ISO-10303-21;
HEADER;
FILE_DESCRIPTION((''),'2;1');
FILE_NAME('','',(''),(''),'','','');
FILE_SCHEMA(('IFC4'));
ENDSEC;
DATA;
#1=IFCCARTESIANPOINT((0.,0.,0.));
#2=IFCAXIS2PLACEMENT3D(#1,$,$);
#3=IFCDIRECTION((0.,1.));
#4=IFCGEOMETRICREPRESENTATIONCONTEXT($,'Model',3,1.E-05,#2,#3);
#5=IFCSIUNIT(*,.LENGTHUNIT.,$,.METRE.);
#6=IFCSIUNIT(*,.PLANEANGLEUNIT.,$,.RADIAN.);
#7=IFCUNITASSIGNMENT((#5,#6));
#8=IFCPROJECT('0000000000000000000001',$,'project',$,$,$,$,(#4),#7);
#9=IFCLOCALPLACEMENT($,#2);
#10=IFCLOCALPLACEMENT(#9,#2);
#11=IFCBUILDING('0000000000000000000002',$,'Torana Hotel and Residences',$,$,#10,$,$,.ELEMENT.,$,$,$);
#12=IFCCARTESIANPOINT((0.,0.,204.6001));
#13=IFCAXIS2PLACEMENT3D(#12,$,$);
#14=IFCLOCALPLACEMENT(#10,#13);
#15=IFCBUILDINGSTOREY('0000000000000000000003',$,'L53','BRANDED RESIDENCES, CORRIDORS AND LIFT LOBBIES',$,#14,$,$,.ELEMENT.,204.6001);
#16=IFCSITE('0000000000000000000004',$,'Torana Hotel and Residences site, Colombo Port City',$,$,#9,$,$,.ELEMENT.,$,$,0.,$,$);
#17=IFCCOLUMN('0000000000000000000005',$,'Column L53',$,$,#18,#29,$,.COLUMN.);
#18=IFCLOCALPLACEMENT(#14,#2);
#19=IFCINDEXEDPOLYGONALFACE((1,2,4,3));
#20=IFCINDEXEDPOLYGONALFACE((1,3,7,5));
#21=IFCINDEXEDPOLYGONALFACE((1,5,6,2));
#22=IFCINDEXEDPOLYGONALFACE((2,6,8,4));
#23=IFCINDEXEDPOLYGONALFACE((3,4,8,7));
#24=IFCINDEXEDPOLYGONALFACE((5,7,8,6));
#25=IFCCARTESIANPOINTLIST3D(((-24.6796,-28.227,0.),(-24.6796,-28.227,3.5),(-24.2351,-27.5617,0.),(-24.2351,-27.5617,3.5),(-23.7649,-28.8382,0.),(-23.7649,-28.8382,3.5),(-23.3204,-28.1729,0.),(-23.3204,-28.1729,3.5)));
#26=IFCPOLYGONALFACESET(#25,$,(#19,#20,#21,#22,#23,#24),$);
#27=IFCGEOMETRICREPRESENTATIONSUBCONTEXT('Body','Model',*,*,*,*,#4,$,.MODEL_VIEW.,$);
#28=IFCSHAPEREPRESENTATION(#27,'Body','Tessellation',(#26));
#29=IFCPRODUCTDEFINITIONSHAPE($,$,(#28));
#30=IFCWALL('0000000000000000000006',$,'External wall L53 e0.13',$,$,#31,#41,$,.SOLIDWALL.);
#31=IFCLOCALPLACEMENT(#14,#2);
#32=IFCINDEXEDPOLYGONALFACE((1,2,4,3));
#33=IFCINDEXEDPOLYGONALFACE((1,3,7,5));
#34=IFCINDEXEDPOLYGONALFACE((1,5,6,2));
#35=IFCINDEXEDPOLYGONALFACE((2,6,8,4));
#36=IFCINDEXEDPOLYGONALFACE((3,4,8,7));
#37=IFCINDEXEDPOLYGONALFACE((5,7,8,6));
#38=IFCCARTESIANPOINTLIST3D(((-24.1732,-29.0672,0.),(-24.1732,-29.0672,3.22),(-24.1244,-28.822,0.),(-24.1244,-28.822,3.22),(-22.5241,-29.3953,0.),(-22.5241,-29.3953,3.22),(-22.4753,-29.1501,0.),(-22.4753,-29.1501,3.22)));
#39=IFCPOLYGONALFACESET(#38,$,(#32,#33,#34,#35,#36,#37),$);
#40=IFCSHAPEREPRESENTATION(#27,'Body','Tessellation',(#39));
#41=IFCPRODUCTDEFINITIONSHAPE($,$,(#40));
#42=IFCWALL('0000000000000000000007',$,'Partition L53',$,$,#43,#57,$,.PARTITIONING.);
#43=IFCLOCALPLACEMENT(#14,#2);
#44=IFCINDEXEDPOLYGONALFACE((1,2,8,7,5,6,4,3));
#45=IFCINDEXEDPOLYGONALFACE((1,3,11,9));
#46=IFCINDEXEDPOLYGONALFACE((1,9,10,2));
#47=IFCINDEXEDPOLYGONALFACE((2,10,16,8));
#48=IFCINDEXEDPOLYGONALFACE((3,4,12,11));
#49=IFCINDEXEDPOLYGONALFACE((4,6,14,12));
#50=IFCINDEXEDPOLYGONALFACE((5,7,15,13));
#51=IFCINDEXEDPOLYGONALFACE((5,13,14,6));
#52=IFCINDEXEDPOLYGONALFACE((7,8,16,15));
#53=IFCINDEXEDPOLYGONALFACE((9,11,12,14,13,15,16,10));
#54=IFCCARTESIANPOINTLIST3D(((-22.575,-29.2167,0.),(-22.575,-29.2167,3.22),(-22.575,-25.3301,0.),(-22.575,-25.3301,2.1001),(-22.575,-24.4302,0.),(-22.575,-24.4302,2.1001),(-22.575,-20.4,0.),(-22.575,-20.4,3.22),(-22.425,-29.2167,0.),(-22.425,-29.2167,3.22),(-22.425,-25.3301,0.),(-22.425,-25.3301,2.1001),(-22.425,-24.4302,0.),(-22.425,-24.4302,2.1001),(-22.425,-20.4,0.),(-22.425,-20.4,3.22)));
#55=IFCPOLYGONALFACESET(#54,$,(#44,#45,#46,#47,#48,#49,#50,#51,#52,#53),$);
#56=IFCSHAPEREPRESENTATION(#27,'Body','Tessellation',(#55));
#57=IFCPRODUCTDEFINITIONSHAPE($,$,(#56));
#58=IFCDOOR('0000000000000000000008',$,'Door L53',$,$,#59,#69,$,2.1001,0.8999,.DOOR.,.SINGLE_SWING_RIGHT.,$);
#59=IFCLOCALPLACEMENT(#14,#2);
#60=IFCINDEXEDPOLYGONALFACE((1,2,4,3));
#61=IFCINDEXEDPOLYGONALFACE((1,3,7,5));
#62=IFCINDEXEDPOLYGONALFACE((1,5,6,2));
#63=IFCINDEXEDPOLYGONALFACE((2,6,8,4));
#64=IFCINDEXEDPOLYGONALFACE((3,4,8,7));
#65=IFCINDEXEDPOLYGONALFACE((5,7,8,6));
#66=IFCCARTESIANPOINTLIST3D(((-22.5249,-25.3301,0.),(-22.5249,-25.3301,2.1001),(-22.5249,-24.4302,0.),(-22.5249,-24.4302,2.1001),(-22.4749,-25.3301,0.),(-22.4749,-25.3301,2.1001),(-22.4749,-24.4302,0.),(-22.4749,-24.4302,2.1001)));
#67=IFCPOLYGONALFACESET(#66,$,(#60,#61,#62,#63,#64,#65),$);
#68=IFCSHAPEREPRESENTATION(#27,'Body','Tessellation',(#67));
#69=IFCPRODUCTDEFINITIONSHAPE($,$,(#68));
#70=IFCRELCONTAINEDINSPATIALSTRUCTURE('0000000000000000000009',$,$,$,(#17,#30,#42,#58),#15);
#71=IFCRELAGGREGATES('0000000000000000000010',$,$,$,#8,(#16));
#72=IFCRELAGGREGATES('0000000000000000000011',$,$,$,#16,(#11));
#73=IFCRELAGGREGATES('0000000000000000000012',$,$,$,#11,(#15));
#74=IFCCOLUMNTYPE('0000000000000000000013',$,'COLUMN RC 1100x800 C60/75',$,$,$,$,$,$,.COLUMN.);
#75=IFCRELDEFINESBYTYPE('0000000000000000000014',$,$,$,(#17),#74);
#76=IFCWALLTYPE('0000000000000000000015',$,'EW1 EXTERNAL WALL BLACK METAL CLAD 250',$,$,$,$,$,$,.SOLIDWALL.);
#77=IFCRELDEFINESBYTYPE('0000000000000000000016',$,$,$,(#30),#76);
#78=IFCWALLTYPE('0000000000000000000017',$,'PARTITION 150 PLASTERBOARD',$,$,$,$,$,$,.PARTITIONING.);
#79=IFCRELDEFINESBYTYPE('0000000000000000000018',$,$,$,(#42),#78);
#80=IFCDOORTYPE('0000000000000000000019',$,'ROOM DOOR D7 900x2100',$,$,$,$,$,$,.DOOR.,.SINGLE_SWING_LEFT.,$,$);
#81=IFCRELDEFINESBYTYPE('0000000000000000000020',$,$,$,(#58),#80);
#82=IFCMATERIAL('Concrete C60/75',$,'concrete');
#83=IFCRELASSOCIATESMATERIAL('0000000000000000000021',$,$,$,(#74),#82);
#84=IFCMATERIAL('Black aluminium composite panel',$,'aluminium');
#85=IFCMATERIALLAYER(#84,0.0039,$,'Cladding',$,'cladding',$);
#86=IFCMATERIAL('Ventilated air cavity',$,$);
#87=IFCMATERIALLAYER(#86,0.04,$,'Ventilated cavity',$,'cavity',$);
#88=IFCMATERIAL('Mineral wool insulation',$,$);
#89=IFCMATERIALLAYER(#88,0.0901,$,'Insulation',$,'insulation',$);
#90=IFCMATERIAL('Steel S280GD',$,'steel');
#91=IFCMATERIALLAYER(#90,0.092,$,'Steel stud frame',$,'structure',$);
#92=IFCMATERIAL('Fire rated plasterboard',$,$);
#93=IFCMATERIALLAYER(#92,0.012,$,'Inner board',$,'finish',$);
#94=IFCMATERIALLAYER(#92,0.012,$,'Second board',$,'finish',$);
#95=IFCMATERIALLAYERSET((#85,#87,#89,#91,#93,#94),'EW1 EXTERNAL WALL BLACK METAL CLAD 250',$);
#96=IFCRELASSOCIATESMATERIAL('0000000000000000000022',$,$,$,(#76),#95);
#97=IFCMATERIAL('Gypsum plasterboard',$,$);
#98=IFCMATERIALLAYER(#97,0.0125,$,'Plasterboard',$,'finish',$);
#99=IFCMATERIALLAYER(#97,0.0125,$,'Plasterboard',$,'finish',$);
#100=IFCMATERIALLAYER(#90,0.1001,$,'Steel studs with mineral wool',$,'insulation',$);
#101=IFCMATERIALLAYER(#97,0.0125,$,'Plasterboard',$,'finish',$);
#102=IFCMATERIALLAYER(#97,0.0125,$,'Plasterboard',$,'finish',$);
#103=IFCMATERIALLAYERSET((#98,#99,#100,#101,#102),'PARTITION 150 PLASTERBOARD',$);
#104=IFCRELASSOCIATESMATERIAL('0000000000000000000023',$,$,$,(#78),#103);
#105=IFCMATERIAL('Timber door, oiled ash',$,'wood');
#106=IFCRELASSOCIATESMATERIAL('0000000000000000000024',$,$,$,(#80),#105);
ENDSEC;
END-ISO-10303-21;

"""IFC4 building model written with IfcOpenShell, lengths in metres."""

from ifc_helpers import new_model, si_unit, direction, frame, frame_2d, origin, origin_2d, place, context, subcontext, project, spatial, rectangle, extrude, material, layer, layer_set, material_profile, profile_set, type_object, element, fill, save


model = new_model("IFC4")

# Units and contexts
model_context = context("Model", 3, precision=1e-05, world=origin(), true_north=direction((0.0, 1.0)))
body_context = subcontext(model_context, "Body", "Model", "MODEL_VIEW")
ifc_project = project(units=[si_unit("LENGTHUNIT", "METRE"), si_unit("PLANEANGLEUNIT", "RADIAN")], contexts=[model_context])

# Site, building, storey
site_placement = place(None, origin())
site = spatial("IfcSite", under=ifc_project, at=site_placement, Name="Torana Hotel and Residences site, Colombo Port City", CompositionType="ELEMENT", RefElevation=0.0)
building_placement = place(site_placement, origin())
building = spatial("IfcBuilding", under=site, at=building_placement, Name="Torana Hotel and Residences", CompositionType="ELEMENT")
storey_placement = place(building_placement, frame((0.0, 0.0, 204.6001)))
storey = spatial("IfcBuildingStorey", under=building, at=storey_placement, Name="L53", Description="BRANDED RESIDENCES, CORRIDORS AND LIFT LOBBIES", CompositionType="ELEMENT", Elevation=204.6001)

# Column
ifc_material_1 = material(Name="Concrete C60/75", Category="concrete")
ifc_material_profile = material_profile(ifc_material_1, rectangle(XDim=1.1001, YDim=0.8, at=origin_2d()), Name="RC 1100x800")
ifc_profile_set = profile_set([ifc_material_profile], Name="Concrete C60/75")
column_type = type_object("IfcColumnType", Name="COLUMN RC 1100x800 C60/75", PredefinedType="COLUMN", material=ifc_profile_set)
column_placement = place(storey_placement, frame((-24.0, -28.2, 0.0), z_axis=(0.0, 0.0, 1.0), x_axis=(-0.83146, 0.555585, 0.0)))
element("IfcColumn", 1, at=column_placement, inside=storey, type_object=column_type, Name="Column L53", PredefinedType="COLUMN", context=body_context, shape_type="SweptSolid", body=[
    extrude(rectangle(XDim=1.1001, YDim=0.8, at=origin_2d()), origin(), (0.0, 0.0, 1.0), 3.5),
])

# Wall
ifc_material_2 = material(Name="Black aluminium composite panel", Category="aluminium")
ifc_layer_1 = layer(ifc_material_2, 0.0039, Name="Cladding", Category="cladding")
ifc_material_3 = material(Name="Ventilated air cavity")
ifc_layer_2 = layer(ifc_material_3, 0.04, Name="Ventilated cavity", Category="cavity")
ifc_material_4 = material(Name="Mineral wool insulation")
ifc_layer_3 = layer(ifc_material_4, 0.0901, Name="Insulation", Category="insulation")
ifc_material_5 = material(Name="Steel S280GD", Category="steel")
ifc_layer_4 = layer(ifc_material_5, 0.092, Name="Steel stud frame", Category="structure")
ifc_material_6 = material(Name="Fire rated plasterboard")
ifc_layer_5 = layer(ifc_material_6, 0.012, Name="Inner board", Category="finish")
ifc_layer_6 = layer(ifc_material_6, 0.012, Name="Second board", Category="finish")
ifc_layer_set_1 = layer_set([ifc_layer_1, ifc_layer_2, ifc_layer_3, ifc_layer_4, ifc_layer_5, ifc_layer_6], Name="EW1 EXTERNAL WALL BLACK METAL CLAD 250")
wall_type_1 = type_object("IfcWallType", Name="EW1 EXTERNAL WALL BLACK METAL CLAD 250", PredefinedType="SOLIDWALL", material=ifc_layer_set_1)
wall_1_placement = place(storey_placement, frame((-24.1489, -28.9446, 0.0), z_axis=(0.0, 0.0, 1.0), x_axis=(0.980776, -0.195139, 0.0)))
element("IfcWall", 2, at=wall_1_placement, inside=storey, type_object=wall_type_1, Name="External wall L53 e0.13", PredefinedType="SOLIDWALL", context=body_context, shape_type="SweptSolid", body=[
    extrude(rectangle(XDim=1.6814, YDim=0.25, at=frame_2d((0.8408, 0.0))), origin(), (0.0, 0.0, 1.0), 3.22),
])

# Wall, opening, door
ifc_material_7 = material(Name="Gypsum plasterboard")
ifc_layer_7 = layer(ifc_material_7, 0.0125, Name="Plasterboard", Category="finish")
ifc_layer_8 = layer(ifc_material_7, 0.0125, Name="Plasterboard", Category="finish")
ifc_layer_9 = layer(ifc_material_5, 0.1001, Name="Steel studs with mineral wool", Category="insulation")
ifc_layer_10 = layer(ifc_material_7, 0.0125, Name="Plasterboard", Category="finish")
ifc_layer_11 = layer(ifc_material_7, 0.0125, Name="Plasterboard", Category="finish")
ifc_layer_set_2 = layer_set([ifc_layer_7, ifc_layer_8, ifc_layer_9, ifc_layer_10, ifc_layer_11], Name="PARTITION 150 PLASTERBOARD")
wall_type_2 = type_object("IfcWallType", Name="PARTITION 150 PLASTERBOARD", PredefinedType="PARTITIONING", material=ifc_layer_set_2)
wall_2_placement = place(storey_placement, frame((-22.5, -29.2166, 0.0), z_axis=(0.0, 0.0, 1.0), x_axis=(0.0, 1.0, 0.0)))
wall_2 = element("IfcWall", 3, at=wall_2_placement, inside=storey, type_object=wall_type_2, Name="Partition L53", PredefinedType="PARTITIONING", context=body_context, shape_type="SweptSolid", body=[
    extrude(rectangle(XDim=8.8167, YDim=0.1499, at=frame_2d((4.4082, 0.0))), origin(), (0.0, 0.0, 1.0), 3.22),
])
opening_1_placement = place(wall_2_placement, frame((3.8865, 0.0, 0.0)))
opening_1 = element("IfcOpeningElement", 4, at=opening_1_placement, cuts=wall_2, PredefinedType="OPENING", context=body_context, shape_type="SweptSolid", body=[
    extrude(rectangle(XDim=0.8999, YDim=2.1001, at=frame_2d((0.45, 1.05))), frame((0.0, 0.085, 0.0), z_axis=(0.0, -1.0, 0.0), x_axis=(1.0, 0.0, 0.0)), (0.0, 0.0, 1.0), 0.1699),
])
ifc_material_8 = material(Name="Timber door, oiled ash", Category="wood")
door_type_1 = type_object("IfcDoorType", Name="ROOM DOOR D7 900x2100", OperationType="SINGLE_SWING_LEFT", PredefinedType="DOOR", material=ifc_material_8)
door_1_placement = place(opening_1_placement, origin())
door_1 = element("IfcDoor", 5, at=door_1_placement, inside=storey, type_object=door_type_1, Name="Door L53", OperationType="SINGLE_SWING_RIGHT", OverallHeight=2.1001, OverallWidth=0.8999, PredefinedType="DOOR", context=body_context, shape_type="SweptSolid", body=[
    extrude(rectangle(XDim=0.8999, YDim=2.1001, at=frame_2d((0.45, 1.05))), frame((0.0, 0.0249, 0.0), z_axis=(0.0, -1.0, 0.0), x_axis=(1.0, 0.0, 0.0)), (0.0, 0.0, 1.0), 0.05),
])
fill(opening_1, door_1)

save(model, "model.ifc")
